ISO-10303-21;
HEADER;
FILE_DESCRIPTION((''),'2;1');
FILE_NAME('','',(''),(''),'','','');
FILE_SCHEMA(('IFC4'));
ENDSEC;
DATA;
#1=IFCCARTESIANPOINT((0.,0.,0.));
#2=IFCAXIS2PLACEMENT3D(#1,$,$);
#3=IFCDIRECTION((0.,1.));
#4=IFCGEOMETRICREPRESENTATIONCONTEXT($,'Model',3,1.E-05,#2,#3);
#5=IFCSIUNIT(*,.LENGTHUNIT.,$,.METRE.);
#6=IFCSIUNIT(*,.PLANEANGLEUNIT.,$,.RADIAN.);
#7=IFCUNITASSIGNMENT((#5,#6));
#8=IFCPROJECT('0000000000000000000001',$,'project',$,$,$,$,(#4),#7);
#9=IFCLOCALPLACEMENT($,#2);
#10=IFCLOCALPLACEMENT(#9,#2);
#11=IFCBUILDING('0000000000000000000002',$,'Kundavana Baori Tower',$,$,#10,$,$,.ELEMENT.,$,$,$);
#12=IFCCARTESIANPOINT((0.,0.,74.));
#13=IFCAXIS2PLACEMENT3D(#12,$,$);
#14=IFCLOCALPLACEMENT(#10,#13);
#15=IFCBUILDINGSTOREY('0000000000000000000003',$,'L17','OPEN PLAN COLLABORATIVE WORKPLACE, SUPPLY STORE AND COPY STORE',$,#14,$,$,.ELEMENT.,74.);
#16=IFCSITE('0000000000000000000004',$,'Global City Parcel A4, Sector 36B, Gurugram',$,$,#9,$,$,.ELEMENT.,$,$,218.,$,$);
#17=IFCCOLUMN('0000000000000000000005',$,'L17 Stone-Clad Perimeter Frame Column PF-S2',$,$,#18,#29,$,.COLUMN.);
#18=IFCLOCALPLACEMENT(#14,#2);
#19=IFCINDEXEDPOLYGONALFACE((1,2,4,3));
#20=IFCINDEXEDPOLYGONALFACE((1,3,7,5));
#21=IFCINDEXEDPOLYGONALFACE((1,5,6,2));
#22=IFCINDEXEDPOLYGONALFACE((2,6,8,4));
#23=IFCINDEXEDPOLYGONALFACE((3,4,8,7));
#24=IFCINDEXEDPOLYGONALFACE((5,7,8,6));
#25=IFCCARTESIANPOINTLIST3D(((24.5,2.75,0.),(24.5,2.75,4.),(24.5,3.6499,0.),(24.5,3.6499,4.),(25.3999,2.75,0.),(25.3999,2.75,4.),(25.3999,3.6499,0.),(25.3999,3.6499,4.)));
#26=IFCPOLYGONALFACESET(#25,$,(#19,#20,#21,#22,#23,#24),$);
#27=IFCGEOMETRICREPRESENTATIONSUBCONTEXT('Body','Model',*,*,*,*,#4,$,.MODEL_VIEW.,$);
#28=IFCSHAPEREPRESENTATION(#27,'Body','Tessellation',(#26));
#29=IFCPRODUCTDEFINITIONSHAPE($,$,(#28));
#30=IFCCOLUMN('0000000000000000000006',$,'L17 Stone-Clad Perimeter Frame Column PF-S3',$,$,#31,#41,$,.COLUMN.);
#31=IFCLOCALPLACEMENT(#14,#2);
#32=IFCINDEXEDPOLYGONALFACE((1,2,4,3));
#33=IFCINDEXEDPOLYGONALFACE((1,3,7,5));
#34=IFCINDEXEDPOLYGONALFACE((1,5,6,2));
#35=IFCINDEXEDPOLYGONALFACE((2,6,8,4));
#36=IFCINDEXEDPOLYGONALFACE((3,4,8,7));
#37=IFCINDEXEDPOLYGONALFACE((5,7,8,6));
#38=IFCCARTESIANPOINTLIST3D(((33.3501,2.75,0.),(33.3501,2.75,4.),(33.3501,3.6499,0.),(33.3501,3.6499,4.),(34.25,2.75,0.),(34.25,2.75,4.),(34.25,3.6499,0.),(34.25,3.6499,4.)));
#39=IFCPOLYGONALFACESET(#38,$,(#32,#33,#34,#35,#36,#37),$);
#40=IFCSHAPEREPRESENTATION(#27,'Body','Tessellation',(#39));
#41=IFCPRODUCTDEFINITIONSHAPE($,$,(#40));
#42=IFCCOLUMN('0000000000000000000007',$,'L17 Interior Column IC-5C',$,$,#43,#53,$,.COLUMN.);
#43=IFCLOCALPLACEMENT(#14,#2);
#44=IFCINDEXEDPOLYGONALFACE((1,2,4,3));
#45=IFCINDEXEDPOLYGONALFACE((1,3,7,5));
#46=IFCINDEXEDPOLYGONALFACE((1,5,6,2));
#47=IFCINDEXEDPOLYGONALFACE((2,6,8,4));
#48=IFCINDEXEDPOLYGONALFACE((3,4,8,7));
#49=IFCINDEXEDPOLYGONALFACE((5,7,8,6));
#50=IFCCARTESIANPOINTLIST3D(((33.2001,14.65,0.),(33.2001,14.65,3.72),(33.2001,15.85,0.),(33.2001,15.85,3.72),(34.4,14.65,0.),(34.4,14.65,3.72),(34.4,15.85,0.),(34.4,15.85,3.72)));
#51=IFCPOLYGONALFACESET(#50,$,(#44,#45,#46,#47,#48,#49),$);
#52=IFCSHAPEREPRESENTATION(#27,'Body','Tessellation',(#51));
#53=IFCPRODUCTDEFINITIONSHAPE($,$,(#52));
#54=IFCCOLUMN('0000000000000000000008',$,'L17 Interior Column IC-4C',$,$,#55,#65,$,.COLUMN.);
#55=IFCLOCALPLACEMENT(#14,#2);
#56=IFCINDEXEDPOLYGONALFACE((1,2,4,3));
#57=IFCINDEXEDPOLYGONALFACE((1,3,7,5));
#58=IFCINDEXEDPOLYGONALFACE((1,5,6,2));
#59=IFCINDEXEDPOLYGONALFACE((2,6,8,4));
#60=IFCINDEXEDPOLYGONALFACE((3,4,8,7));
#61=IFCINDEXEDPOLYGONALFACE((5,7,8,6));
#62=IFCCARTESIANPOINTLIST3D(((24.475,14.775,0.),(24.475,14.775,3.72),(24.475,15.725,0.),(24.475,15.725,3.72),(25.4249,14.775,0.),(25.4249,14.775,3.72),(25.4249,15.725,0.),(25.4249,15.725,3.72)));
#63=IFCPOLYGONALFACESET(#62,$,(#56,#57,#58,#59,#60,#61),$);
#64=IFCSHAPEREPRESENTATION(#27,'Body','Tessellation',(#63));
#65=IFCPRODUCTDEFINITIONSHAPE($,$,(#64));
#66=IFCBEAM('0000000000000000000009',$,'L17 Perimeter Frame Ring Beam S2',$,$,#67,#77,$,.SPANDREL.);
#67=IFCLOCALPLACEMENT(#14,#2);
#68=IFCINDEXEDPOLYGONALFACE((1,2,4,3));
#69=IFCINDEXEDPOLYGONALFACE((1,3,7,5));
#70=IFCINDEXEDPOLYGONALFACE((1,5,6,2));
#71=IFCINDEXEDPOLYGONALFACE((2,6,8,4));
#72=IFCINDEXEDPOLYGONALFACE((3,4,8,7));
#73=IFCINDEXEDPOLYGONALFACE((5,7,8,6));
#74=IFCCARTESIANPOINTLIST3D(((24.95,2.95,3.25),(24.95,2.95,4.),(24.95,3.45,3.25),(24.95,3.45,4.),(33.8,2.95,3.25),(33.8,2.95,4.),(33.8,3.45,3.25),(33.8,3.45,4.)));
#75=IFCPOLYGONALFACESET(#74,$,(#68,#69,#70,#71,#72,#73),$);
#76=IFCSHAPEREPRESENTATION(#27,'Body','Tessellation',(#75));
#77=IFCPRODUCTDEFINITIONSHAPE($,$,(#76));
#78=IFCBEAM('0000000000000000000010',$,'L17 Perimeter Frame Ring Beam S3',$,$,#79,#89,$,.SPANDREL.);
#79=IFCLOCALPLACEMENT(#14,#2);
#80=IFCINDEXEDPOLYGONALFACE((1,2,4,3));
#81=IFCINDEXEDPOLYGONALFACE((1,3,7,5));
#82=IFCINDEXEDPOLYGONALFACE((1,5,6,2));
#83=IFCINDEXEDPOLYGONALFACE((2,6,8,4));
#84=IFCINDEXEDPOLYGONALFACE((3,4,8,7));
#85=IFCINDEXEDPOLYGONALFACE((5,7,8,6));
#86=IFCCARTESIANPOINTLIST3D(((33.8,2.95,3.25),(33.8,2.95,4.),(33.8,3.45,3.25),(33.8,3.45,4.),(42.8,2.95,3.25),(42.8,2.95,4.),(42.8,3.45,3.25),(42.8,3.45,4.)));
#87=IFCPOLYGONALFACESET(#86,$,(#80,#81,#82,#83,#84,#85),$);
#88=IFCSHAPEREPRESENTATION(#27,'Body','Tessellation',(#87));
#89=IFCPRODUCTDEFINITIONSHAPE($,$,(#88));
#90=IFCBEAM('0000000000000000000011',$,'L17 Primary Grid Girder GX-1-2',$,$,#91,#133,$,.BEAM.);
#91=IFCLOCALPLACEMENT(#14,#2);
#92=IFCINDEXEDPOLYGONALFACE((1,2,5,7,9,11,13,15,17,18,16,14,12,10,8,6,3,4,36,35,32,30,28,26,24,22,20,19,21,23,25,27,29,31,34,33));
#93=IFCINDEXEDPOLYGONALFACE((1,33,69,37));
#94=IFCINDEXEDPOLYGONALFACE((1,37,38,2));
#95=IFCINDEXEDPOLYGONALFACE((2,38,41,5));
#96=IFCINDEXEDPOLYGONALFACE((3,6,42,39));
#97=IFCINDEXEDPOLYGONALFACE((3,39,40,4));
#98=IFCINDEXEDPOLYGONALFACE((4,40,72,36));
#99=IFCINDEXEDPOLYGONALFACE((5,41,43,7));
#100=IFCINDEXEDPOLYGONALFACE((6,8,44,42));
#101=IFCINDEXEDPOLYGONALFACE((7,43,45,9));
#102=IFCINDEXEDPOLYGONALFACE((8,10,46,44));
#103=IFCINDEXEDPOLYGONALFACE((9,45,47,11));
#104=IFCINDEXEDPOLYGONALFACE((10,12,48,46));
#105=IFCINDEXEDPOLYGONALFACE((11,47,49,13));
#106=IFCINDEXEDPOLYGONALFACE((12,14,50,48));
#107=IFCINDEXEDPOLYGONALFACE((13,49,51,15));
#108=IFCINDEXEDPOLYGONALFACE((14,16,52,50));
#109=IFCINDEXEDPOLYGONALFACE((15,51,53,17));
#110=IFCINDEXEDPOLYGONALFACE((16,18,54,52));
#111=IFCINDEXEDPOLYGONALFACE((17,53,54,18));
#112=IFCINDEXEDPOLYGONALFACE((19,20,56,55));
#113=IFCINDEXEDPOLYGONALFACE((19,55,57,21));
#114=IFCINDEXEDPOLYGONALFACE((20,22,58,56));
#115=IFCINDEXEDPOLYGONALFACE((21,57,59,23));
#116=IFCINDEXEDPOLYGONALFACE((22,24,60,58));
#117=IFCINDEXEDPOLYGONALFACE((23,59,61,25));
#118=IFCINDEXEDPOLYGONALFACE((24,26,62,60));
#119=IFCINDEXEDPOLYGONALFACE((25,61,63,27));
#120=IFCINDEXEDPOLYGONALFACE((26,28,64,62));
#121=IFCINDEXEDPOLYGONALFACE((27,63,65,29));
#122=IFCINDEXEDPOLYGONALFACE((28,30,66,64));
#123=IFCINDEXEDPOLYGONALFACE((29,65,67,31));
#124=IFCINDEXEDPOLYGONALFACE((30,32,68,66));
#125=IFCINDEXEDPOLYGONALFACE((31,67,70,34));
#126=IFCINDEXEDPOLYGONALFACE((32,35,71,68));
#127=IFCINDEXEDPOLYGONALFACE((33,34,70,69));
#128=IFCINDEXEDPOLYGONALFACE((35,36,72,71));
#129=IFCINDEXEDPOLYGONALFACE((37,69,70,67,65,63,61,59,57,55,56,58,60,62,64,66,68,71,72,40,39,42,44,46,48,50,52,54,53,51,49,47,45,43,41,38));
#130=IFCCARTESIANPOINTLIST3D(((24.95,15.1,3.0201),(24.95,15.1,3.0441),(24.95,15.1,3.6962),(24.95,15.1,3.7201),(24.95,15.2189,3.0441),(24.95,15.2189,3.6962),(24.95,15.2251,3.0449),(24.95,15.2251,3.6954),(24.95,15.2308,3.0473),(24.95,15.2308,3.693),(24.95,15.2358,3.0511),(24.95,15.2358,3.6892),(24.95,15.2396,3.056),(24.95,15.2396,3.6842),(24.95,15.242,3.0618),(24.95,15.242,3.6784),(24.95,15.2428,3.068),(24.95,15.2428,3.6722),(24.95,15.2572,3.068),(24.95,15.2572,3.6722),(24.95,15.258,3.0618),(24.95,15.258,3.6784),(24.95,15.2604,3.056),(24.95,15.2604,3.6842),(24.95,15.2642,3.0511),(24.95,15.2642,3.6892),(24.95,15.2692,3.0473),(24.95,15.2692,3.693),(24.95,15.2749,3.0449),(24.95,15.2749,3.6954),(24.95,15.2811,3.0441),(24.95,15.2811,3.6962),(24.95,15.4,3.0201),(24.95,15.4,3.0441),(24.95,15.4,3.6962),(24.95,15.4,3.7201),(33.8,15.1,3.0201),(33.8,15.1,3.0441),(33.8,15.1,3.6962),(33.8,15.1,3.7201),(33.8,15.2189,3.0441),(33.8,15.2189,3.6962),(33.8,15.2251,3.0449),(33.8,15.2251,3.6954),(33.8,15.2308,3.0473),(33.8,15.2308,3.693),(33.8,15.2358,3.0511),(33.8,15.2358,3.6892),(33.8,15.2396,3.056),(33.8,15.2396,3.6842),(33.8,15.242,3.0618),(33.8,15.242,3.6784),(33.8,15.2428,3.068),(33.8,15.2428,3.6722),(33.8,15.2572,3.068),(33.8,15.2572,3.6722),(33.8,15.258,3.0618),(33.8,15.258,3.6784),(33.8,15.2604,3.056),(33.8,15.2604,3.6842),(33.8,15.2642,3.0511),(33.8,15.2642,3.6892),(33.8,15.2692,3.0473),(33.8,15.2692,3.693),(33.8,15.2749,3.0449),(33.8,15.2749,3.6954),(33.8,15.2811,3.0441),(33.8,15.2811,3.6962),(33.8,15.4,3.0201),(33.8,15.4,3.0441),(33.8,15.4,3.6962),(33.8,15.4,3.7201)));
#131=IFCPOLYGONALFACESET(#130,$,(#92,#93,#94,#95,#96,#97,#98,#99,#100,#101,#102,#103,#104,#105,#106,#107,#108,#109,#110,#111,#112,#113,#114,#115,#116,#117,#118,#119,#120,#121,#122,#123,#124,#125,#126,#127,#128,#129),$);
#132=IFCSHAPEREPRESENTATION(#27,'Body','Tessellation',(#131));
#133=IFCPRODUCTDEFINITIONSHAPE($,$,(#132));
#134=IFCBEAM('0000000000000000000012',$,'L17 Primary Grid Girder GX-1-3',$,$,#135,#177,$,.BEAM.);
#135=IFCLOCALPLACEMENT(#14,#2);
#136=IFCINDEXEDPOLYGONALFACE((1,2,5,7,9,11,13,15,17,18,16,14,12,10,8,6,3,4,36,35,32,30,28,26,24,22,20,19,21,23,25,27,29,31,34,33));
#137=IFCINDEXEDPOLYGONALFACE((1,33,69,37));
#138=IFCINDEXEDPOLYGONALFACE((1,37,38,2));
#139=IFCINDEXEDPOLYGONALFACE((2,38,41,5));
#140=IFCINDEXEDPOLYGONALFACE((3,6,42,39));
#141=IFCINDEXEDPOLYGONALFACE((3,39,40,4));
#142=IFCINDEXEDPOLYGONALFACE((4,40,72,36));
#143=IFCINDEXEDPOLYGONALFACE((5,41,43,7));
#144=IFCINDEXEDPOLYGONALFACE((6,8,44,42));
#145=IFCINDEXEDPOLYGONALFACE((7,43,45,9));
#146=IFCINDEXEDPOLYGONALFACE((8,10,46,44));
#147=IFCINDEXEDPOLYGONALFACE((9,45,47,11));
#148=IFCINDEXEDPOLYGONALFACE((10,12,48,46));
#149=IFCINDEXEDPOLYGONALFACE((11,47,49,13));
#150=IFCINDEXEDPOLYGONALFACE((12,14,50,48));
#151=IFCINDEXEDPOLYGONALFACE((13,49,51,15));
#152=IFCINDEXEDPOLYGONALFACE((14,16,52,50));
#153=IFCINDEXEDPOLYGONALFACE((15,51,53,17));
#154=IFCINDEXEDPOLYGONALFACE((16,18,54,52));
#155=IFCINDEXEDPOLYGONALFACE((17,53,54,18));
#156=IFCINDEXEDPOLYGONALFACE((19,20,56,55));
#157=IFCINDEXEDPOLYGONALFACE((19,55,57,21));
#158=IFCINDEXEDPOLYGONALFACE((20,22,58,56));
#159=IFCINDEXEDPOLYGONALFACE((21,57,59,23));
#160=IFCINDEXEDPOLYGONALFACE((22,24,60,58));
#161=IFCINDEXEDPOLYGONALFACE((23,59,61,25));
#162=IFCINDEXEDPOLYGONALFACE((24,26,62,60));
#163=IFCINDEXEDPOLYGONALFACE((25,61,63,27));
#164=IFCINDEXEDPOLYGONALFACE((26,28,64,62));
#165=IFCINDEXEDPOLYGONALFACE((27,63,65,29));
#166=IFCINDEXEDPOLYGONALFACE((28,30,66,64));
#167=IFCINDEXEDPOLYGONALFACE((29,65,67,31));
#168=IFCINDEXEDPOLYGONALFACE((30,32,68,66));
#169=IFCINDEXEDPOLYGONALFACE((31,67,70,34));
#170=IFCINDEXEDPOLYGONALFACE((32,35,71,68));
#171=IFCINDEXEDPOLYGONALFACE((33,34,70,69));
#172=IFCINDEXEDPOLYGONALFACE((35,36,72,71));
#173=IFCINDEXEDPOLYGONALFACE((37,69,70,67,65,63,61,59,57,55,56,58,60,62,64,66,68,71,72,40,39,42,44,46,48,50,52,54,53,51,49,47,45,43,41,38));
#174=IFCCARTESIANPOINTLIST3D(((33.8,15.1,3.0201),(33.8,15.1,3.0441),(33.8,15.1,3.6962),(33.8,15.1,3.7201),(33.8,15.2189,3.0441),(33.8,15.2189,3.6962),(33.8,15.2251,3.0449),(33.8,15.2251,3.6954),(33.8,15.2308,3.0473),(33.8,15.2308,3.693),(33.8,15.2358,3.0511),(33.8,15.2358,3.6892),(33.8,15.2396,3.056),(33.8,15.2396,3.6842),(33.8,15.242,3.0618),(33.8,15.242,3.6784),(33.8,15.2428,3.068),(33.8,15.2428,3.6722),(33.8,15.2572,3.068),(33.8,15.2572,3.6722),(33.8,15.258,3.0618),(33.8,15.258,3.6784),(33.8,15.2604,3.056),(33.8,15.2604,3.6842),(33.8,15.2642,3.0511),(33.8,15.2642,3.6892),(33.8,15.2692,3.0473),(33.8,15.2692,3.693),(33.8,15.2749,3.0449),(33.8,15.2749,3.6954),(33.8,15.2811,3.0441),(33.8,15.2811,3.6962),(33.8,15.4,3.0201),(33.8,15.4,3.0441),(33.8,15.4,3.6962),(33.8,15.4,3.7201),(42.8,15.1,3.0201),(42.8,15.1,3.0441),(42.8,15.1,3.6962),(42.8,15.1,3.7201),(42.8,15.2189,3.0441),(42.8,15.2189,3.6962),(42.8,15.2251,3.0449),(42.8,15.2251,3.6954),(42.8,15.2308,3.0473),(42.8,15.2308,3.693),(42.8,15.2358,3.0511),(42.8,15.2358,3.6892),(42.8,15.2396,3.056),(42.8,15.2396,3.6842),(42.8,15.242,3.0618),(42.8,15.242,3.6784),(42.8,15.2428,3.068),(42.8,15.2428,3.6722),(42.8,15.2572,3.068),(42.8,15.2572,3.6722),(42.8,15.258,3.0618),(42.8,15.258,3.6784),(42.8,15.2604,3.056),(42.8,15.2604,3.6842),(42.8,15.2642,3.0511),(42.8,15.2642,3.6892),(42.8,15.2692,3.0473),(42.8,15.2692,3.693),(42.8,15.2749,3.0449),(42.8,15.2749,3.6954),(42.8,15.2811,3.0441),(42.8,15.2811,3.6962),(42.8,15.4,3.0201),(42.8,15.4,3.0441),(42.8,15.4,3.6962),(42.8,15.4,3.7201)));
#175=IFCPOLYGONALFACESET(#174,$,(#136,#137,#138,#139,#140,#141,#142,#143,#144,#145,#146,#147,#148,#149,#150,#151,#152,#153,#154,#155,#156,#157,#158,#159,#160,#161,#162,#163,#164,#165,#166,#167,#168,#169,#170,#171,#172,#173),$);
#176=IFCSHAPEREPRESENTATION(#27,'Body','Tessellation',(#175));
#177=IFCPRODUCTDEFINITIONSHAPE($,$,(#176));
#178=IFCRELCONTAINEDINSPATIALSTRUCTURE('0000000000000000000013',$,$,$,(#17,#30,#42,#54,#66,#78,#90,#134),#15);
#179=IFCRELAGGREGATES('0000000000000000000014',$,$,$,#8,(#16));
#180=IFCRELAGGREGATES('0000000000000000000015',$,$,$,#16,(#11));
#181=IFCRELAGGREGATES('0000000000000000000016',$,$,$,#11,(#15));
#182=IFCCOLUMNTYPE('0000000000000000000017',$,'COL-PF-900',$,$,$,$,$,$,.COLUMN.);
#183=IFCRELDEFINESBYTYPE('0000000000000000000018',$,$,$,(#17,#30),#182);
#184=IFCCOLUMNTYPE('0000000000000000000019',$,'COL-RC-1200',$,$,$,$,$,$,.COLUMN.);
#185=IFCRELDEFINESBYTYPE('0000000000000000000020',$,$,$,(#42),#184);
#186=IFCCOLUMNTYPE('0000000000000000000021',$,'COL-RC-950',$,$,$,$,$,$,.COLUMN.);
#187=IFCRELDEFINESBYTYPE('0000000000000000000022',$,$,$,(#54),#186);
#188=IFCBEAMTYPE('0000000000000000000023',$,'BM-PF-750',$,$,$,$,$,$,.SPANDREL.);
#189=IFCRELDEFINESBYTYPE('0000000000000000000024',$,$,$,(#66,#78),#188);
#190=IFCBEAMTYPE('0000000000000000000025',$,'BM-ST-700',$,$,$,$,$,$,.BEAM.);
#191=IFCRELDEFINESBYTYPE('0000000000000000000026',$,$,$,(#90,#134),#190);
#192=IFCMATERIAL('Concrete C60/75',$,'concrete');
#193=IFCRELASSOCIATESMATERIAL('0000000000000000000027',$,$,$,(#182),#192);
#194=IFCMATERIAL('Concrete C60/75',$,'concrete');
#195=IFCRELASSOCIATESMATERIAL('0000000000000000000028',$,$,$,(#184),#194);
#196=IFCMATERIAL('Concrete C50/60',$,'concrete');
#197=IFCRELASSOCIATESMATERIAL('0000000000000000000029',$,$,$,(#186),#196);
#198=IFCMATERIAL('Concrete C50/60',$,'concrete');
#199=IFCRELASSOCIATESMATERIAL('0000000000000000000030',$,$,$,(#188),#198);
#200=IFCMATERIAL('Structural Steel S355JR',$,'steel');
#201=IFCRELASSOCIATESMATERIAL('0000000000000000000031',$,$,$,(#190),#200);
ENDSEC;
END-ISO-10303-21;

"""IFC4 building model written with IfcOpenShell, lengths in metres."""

from ifc_helpers import new_model, si_unit, direction, frame, origin, origin_2d, place, context, subcontext, project, spatial, rectangle, i_section, extrude, material, material_profile, profile_set, type_object, element, save


model = new_model("IFC4")

# Units and contexts
model_context = context("Model", 3, precision=1e-05, world=origin(), true_north=direction((0.0, 1.0)))
body_context = subcontext(model_context, "Body", "Model", "MODEL_VIEW")
ifc_project = project(units=[si_unit("LENGTHUNIT", "METRE"), si_unit("PLANEANGLEUNIT", "RADIAN")], contexts=[model_context])

# Site, building, storey
site_placement = place(None, origin())
site = spatial("IfcSite", under=ifc_project, at=site_placement, Name="Global City Parcel A4, Sector 36B, Gurugram", CompositionType="ELEMENT", RefElevation=218.0)
building_placement = place(site_placement, origin())
building = spatial("IfcBuilding", under=site, at=building_placement, Name="Kundavana Baori Tower", CompositionType="ELEMENT")
storey_placement = place(building_placement, frame((0.0, 0.0, 74.0)))
storey = spatial("IfcBuildingStorey", under=building, at=storey_placement, Name="L17", Description="OPEN PLAN COLLABORATIVE WORKPLACE, SUPPLY STORE AND COPY STORE", CompositionType="ELEMENT", Elevation=74.0)

# Columns
ifc_material_1 = material(Name="Concrete C60/75", Category="concrete")
ifc_material_profile_1 = material_profile(ifc_material_1, rectangle(XDim=0.8999, YDim=0.8999, at=origin_2d()), Name="RC PF 900x900")
ifc_profile_set_1 = profile_set([ifc_material_profile_1], Name="Concrete C60/75")
column_type_1 = type_object("IfcColumnType", Name="COL-PF-900", PredefinedType="COLUMN", material=ifc_profile_set_1)
for number, where, z_axis, x_axis, name in (
    (1, (24.95, 3.2, 0.0), (0.0, 0.0, 1.0), (1.0, 0.0, 0.0), "L17 Stone-Clad Perimeter Frame Column PF-S2"),
    (2, (33.8, 3.2, 0.0), (0.0, 0.0, 1.0), (1.0, 0.0, 0.0), "L17 Stone-Clad Perimeter Frame Column PF-S3"),
):
    element("IfcColumn", number, at=place(storey_placement, frame(where, z_axis=z_axis, x_axis=x_axis)), inside=storey, type_object=column_type_1, Name=name, PredefinedType="COLUMN", context=body_context, shape_type="SweptSolid", body=[
        extrude(rectangle(XDim=0.8999, YDim=0.8999, at=origin_2d()), origin(), (0.0, 0.0, 1.0), 4.0),
    ])
ifc_material_2 = material(Name="Concrete C60/75", Category="concrete")
ifc_material_profile_2 = material_profile(ifc_material_2, rectangle(XDim=1.2, YDim=1.2, at=origin_2d()), Name="RC 1200x1200")
ifc_profile_set_2 = profile_set([ifc_material_profile_2], Name="Concrete C60/75")
column_type_2 = type_object("IfcColumnType", Name="COL-RC-1200", PredefinedType="COLUMN", material=ifc_profile_set_2)
column_1_placement = place(storey_placement, frame((33.8, 15.25, 0.0), z_axis=(0.0, 0.0, 1.0), x_axis=(1.0, 0.0, 0.0)))
element("IfcColumn", 3, at=column_1_placement, inside=storey, type_object=column_type_2, Name="L17 Interior Column IC-5C", PredefinedType="COLUMN", context=body_context, shape_type="SweptSolid", body=[
    extrude(rectangle(XDim=1.2, YDim=1.2, at=origin_2d()), origin(), (0.0, 0.0, 1.0), 3.72),
])
ifc_material_3 = material(Name="Concrete C50/60", Category="concrete")
ifc_material_profile_3 = material_profile(ifc_material_3, rectangle(XDim=0.95, YDim=0.95, at=origin_2d()), Name="RC 950x950")
ifc_profile_set_3 = profile_set([ifc_material_profile_3], Name="Concrete C50/60")
column_type_3 = type_object("IfcColumnType", Name="COL-RC-950", PredefinedType="COLUMN", material=ifc_profile_set_3)
column_2_placement = place(storey_placement, frame((24.95, 15.25, 0.0), z_axis=(0.0, 0.0, 1.0), x_axis=(1.0, 0.0, 0.0)))
element("IfcColumn", 4, at=column_2_placement, inside=storey, type_object=column_type_3, Name="L17 Interior Column IC-4C", PredefinedType="COLUMN", context=body_context, shape_type="SweptSolid", body=[
    extrude(rectangle(XDim=0.95, YDim=0.95, at=origin_2d()), origin(), (0.0, 0.0, 1.0), 3.72),
])

# Beams
ifc_material_4 = material(Name="Concrete C50/60", Category="concrete")
ifc_material_profile_4 = material_profile(ifc_material_4, rectangle(XDim=0.5, YDim=0.75, at=origin_2d()), Name="RC BM 500x750")
ifc_profile_set_4 = profile_set([ifc_material_profile_4], Name="Concrete C50/60")
beam_type_1 = type_object("IfcBeamType", Name="BM-PF-750", PredefinedType="SPANDREL", material=ifc_profile_set_4)
beam_1_placement = place(storey_placement, frame((24.95, 3.2, 3.625), z_axis=(1.0, 0.0, 0.0), x_axis=(0.0, 1.0, 0.0)))
element("IfcBeam", 5, at=beam_1_placement, inside=storey, type_object=beam_type_1, Name="L17 Perimeter Frame Ring Beam S2", PredefinedType="SPANDREL", context=body_context, shape_type="SweptSolid", body=[
    extrude(rectangle(XDim=0.5, YDim=0.75, at=origin_2d()), origin(), (0.0, 0.0, 1.0), 8.8501),
])
beam_2_placement = place(storey_placement, frame((33.8, 3.2, 3.625), z_axis=(1.0, 0.0, 0.0), x_axis=(0.0, 1.0, 0.0)))
element("IfcBeam", 6, at=beam_2_placement, inside=storey, type_object=beam_type_1, Name="L17 Perimeter Frame Ring Beam S3", PredefinedType="SPANDREL", context=body_context, shape_type="SweptSolid", body=[
    extrude(rectangle(XDim=0.5, YDim=0.75, at=origin_2d()), origin(), (0.0, 0.0, 1.0), 9.0),
])
ifc_material_5 = material(Name="Structural Steel S355JR", Category="steel")
ifc_material_profile_5 = material_profile(ifc_material_5, i_section(OverallWidth=0.3, OverallDepth=0.7, WebThickness=0.0144, FlangeThickness=0.0239, FilletRadius=0.0239, at=origin_2d()), Name="NPB 700x300x170")
ifc_profile_set_5 = profile_set([ifc_material_profile_5], Name="Structural Steel S355JR")
beam_type_2 = type_object("IfcBeamType", Name="BM-ST-700", PredefinedType="BEAM", material=ifc_profile_set_5)
beam_3_placement = place(storey_placement, frame((24.95, 15.25, 3.3701), z_axis=(1.0, 0.0, 0.0), x_axis=(0.0, 1.0, 0.0)))
element("IfcBeam", 7, at=beam_3_placement, inside=storey, type_object=beam_type_2, Name="L17 Primary Grid Girder GX-1-2", PredefinedType="BEAM", context=body_context, shape_type="SweptSolid", body=[
    extrude(i_section(OverallWidth=0.3, OverallDepth=0.7, WebThickness=0.0144, FlangeThickness=0.0239, FilletRadius=0.0239, at=origin_2d()), origin(), (0.0, 0.0, 1.0), 8.8501),
])
beam_4_placement = place(storey_placement, frame((33.8, 15.25, 3.3701), z_axis=(1.0, 0.0, 0.0), x_axis=(0.0, 1.0, 0.0)))
element("IfcBeam", 8, at=beam_4_placement, inside=storey, type_object=beam_type_2, Name="L17 Primary Grid Girder GX-1-3", PredefinedType="BEAM", context=body_context, shape_type="SweptSolid", body=[
    extrude(i_section(OverallWidth=0.3, OverallDepth=0.7, WebThickness=0.0144, FlangeThickness=0.0239, FilletRadius=0.0239, at=origin_2d()), origin(), (0.0, 0.0, 1.0), 9.0),
])

save(model, "model.ifc")
